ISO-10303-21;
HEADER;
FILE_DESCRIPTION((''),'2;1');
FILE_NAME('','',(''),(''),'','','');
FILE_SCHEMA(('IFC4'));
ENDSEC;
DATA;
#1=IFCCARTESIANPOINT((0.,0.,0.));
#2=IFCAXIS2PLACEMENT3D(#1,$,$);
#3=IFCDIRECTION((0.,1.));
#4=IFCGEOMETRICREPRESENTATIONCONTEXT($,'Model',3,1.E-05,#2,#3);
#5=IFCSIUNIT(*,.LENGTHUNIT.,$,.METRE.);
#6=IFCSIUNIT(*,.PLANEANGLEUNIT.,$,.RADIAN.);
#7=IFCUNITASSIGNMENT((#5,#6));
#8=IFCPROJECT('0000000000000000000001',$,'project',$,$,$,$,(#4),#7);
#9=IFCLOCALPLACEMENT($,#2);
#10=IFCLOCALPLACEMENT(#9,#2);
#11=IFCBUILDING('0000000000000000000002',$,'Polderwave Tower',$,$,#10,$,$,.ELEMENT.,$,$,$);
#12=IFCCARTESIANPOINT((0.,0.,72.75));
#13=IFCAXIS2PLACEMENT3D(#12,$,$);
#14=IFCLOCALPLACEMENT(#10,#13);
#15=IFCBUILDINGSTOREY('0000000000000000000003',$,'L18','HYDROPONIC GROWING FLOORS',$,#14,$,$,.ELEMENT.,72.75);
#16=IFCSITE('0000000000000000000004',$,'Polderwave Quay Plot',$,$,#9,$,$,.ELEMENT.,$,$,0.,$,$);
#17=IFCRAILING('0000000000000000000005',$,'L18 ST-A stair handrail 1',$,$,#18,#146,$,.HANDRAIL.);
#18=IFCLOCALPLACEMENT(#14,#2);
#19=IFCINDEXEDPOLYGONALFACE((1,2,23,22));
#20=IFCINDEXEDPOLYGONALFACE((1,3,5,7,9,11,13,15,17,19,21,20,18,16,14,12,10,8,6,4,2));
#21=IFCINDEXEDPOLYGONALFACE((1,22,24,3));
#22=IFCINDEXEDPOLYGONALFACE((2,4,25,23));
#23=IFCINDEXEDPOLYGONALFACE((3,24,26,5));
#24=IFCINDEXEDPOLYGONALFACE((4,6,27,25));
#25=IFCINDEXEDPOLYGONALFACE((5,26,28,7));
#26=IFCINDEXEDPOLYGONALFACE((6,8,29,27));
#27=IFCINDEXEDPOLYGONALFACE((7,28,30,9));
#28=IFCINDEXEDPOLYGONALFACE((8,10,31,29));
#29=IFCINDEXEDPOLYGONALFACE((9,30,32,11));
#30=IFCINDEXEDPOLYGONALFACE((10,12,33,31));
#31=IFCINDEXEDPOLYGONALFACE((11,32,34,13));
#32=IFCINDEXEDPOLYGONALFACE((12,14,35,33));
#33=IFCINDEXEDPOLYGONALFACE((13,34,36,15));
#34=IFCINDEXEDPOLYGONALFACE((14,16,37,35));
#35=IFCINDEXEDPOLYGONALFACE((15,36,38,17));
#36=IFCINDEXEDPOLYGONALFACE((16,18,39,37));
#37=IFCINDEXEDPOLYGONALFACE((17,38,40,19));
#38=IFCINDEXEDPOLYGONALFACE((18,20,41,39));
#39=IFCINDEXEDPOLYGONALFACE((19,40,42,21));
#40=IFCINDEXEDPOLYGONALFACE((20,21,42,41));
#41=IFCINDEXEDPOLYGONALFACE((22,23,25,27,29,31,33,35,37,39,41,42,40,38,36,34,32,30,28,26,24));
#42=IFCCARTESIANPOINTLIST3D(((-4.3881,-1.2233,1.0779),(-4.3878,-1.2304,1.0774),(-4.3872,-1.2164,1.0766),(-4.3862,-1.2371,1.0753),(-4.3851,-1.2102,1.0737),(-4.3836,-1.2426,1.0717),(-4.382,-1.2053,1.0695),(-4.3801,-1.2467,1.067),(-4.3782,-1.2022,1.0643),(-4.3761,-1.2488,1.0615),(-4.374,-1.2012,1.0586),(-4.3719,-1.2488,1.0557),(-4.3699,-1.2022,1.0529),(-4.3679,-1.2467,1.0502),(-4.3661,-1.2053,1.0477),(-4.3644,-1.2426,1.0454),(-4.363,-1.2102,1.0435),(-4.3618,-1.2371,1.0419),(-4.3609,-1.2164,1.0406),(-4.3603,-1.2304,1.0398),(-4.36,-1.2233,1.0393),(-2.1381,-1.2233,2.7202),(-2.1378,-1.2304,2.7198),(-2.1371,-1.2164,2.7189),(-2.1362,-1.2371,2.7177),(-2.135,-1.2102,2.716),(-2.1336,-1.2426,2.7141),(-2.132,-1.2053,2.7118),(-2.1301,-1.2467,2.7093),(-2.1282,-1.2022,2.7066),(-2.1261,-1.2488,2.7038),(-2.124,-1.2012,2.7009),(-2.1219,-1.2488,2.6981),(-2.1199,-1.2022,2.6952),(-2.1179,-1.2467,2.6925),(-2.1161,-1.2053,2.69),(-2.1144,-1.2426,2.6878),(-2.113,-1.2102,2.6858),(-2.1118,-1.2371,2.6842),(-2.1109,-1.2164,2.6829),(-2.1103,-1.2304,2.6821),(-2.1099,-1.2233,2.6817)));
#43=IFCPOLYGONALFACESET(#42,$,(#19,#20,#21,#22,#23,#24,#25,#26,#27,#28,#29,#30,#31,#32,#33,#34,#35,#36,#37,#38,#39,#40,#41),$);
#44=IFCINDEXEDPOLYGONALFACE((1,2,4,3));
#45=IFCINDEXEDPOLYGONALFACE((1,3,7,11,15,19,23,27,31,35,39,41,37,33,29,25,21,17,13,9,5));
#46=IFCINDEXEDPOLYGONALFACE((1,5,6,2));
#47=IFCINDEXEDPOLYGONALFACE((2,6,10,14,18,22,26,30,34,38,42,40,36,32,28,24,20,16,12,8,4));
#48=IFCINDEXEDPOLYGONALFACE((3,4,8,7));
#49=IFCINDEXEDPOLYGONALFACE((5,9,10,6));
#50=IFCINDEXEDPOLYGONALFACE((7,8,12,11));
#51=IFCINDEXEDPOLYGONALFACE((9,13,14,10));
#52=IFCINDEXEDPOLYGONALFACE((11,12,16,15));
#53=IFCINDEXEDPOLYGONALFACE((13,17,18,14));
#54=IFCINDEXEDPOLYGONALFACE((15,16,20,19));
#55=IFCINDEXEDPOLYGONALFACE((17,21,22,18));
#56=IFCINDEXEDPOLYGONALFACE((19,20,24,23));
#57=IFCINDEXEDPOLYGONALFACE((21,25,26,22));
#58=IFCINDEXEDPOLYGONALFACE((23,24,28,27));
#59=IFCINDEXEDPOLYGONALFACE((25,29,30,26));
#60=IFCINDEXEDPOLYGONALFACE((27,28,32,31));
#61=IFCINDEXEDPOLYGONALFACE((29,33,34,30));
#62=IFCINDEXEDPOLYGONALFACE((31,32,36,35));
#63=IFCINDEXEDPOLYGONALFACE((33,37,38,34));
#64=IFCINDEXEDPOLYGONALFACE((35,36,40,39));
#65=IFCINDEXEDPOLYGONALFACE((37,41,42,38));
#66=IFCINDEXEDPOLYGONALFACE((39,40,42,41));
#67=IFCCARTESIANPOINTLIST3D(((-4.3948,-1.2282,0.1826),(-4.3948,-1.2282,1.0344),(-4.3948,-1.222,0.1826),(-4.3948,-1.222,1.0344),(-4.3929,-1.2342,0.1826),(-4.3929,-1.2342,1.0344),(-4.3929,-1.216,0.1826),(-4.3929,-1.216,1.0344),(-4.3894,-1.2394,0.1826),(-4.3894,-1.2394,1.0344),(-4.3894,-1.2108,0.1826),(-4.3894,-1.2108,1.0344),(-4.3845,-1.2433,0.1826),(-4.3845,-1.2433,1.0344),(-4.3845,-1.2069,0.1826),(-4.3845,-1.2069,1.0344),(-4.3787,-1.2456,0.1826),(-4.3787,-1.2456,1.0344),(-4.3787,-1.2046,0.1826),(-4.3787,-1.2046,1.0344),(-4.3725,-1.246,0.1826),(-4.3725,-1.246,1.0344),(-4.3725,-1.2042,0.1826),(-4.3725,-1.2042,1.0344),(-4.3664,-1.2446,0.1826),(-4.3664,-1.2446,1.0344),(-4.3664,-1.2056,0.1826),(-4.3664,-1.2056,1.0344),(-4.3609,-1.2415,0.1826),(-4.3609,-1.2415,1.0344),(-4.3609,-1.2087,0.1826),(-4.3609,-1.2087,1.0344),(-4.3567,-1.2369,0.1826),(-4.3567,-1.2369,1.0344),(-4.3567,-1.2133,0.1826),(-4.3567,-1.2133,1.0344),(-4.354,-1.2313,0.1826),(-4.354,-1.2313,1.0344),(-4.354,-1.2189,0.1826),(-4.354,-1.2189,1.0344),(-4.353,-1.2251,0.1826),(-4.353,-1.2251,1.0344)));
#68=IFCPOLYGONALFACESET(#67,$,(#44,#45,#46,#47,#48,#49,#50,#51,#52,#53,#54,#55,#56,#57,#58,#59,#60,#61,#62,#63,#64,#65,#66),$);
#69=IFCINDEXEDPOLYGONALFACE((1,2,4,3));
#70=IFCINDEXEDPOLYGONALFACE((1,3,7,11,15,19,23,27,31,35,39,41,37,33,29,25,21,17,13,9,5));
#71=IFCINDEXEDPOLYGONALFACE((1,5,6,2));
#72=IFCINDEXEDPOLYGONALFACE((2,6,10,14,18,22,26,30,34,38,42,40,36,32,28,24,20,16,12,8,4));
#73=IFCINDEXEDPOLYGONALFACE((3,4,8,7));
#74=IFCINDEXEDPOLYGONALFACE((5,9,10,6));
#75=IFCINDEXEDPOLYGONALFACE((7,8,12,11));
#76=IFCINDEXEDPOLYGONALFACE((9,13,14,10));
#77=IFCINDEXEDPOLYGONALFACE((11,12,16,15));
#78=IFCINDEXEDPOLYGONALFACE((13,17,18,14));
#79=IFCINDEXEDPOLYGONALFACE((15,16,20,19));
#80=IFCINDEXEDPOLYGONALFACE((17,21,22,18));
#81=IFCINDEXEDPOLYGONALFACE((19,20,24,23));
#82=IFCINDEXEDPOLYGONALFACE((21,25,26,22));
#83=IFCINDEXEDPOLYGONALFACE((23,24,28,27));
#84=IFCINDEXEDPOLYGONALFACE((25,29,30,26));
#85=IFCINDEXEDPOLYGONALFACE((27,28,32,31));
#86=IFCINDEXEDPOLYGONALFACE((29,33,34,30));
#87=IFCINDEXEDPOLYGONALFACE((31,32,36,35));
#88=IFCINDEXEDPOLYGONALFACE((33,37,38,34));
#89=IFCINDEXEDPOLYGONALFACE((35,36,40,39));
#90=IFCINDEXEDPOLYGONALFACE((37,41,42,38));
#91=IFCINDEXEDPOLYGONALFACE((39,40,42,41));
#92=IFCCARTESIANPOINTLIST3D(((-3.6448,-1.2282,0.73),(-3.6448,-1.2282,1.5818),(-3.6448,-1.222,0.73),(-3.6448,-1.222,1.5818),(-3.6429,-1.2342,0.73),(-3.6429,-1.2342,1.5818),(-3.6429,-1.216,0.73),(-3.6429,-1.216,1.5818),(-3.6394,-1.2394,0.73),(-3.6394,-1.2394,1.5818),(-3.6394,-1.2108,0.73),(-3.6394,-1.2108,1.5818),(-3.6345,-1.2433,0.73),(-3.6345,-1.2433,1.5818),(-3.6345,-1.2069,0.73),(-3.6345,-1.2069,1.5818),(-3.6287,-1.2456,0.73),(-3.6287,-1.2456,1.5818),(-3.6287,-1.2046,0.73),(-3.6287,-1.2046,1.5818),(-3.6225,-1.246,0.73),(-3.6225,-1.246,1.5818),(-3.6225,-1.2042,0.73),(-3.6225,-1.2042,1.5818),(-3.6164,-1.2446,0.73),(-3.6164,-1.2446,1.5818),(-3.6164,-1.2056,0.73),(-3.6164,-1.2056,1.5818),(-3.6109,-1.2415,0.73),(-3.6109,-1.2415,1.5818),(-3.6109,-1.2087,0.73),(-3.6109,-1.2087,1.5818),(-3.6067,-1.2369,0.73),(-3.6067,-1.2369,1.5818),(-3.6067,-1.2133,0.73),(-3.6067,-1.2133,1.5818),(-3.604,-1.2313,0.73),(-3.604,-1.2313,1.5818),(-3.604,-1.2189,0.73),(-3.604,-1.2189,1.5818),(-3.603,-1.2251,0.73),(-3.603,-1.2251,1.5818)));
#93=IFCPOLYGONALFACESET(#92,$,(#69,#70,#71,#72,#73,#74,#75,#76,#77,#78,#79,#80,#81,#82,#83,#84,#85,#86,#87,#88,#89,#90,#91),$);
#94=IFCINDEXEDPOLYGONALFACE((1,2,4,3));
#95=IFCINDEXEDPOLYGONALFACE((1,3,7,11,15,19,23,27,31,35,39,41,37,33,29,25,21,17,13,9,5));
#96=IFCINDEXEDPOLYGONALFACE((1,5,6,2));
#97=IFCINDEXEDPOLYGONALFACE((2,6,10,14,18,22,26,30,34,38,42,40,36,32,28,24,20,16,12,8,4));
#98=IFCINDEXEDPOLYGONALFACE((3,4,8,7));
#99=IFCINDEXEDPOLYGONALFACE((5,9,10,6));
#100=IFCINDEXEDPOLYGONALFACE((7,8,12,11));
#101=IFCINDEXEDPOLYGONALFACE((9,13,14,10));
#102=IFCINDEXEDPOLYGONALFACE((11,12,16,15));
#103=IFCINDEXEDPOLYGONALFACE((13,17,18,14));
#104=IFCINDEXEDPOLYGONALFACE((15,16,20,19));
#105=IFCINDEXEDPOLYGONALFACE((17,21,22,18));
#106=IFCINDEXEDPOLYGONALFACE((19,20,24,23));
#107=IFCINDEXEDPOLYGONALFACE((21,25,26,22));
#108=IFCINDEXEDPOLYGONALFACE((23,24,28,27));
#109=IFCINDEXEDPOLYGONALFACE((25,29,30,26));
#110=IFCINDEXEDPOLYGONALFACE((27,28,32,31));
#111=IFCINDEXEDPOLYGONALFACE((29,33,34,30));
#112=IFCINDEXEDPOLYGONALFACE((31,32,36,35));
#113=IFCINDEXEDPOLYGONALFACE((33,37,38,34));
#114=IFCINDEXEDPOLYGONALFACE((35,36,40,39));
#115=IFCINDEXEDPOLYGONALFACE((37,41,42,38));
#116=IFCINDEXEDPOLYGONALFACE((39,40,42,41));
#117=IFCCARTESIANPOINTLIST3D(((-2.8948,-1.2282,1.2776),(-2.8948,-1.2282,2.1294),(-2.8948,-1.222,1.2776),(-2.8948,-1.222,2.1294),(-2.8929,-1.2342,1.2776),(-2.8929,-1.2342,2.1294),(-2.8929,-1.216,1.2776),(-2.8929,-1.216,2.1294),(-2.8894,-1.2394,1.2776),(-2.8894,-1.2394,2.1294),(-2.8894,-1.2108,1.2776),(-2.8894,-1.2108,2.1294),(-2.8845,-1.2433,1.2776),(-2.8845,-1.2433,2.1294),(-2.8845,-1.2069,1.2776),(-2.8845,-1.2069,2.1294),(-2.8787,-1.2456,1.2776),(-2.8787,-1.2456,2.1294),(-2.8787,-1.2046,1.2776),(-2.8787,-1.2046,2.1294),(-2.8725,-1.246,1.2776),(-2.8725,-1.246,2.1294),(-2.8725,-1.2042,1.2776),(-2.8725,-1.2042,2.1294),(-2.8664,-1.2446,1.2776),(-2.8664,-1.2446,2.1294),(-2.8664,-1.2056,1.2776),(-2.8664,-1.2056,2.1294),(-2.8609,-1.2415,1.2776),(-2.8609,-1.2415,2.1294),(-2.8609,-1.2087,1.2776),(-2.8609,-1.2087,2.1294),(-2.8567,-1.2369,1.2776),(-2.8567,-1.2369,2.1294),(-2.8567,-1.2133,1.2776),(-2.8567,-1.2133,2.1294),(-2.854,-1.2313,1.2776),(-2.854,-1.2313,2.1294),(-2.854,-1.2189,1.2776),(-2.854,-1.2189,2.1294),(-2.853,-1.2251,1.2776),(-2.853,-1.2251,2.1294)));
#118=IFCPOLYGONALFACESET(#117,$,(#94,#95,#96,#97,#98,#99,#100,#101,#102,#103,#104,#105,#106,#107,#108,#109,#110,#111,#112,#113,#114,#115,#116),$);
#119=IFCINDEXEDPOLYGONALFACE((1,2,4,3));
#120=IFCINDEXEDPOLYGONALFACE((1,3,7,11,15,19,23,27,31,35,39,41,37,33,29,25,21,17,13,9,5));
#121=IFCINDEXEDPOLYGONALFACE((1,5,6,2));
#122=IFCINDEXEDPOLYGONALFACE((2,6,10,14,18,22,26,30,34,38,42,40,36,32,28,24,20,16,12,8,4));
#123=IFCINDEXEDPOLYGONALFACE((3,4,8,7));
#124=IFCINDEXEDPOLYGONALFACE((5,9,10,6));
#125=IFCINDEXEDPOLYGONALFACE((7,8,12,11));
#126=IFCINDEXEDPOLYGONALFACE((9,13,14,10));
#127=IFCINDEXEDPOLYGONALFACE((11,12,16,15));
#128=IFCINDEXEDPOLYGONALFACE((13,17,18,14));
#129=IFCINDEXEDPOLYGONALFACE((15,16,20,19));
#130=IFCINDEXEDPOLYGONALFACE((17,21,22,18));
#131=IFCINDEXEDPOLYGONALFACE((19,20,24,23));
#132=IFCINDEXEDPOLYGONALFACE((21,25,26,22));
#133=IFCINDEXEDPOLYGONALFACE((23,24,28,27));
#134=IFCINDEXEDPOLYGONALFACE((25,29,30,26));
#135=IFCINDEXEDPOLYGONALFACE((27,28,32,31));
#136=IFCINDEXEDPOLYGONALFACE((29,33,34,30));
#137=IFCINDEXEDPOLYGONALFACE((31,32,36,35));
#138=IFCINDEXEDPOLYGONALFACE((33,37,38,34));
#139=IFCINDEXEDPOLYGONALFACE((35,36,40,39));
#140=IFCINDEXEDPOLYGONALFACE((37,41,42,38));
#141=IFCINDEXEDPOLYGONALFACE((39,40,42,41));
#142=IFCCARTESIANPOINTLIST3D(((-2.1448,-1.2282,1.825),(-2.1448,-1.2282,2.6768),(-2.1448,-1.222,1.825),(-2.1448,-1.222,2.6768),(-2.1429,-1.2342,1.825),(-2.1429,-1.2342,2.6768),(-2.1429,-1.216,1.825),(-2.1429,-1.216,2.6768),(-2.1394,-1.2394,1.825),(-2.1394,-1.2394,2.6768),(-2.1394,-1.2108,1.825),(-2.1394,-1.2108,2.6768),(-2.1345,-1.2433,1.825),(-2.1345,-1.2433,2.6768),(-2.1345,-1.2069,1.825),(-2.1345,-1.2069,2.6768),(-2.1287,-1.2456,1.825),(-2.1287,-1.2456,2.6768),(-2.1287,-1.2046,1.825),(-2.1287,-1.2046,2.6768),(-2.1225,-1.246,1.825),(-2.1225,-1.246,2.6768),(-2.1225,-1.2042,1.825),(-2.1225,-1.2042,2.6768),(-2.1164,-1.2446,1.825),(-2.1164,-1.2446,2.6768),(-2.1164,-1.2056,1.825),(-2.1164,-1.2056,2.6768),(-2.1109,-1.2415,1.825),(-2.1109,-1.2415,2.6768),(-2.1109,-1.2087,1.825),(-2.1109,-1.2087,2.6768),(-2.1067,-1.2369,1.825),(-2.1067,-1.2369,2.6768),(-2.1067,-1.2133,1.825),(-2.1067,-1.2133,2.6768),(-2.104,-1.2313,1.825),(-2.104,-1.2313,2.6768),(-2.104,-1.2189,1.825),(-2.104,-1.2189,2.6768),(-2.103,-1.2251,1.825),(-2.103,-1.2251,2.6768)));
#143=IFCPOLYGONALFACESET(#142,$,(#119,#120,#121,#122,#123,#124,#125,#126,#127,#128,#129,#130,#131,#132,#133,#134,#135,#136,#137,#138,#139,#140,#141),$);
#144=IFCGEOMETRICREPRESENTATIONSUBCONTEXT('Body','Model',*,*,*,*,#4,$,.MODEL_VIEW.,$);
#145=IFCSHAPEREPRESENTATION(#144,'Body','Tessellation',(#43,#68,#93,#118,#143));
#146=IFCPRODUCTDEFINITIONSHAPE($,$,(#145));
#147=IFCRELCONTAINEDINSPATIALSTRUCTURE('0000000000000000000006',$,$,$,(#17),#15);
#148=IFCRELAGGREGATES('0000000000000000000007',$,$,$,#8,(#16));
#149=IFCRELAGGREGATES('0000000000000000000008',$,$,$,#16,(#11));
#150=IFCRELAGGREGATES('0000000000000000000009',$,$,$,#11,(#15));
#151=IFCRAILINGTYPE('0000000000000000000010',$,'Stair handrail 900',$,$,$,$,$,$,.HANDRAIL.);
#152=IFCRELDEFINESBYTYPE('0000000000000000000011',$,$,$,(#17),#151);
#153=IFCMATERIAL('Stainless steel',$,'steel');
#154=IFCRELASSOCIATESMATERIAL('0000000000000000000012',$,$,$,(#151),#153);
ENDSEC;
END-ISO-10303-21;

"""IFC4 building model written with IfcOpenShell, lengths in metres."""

from ifc_helpers import new_model, si_unit, direction, frame, origin, origin_2d, place, context, subcontext, project, spatial, circle, extrude, material, type_object, element, save


model = new_model("IFC4")

# Units and contexts
model_context = context("Model", 3, precision=1e-05, world=origin(), true_north=direction((0.0, 1.0)))
body_context = subcontext(model_context, "Body", "Model", "MODEL_VIEW")
ifc_project = project(units=[si_unit("LENGTHUNIT", "METRE"), si_unit("PLANEANGLEUNIT", "RADIAN")], contexts=[model_context])

# Site, building, storey
site_placement = place(None, origin())
site = spatial("IfcSite", under=ifc_project, at=site_placement, Name="Polderwave Quay Plot", CompositionType="ELEMENT", RefElevation=0.0)
building_placement = place(site_placement, origin())
building = spatial("IfcBuilding", under=site, at=building_placement, Name="Polderwave Tower", CompositionType="ELEMENT")
storey_placement = place(building_placement, frame((0.0, 0.0, 72.75)))
storey = spatial("IfcBuildingStorey", under=building, at=storey_placement, Name="L18", Description="HYDROPONIC GROWING FLOORS", CompositionType="ELEMENT", Elevation=72.75)

# Shared definitions
ifc_material_1 = material(Name="Stainless steel", Category="steel")

# Railing
railing_type_1 = type_object("IfcRailingType", Name="Stair handrail 900", PredefinedType="HANDRAIL", material=ifc_material_1)
railing_1_placement = place(storey_placement, frame((-4.374, -1.2251, 0.1826)))
element("IfcRailing", 1, at=railing_1_placement, inside=storey, type_object=railing_type_1, Name="L18 ST-A stair handrail 1", PredefinedType="HANDRAIL", context=body_context, shape_type="SweptSolid", body=[
    extrude(circle(Radius=0.0239, at=origin_2d()), frame((0.0, 0.0, 0.876), z_axis=(0.807715, 0.0, 0.589573), x_axis=(0.0, 1.0, 0.0)), (0.0, 0.0, 1.0), 2.7856),
    extrude(circle(Radius=0.021, at=origin_2d()), origin(), (0.0, 0.0, 1.0), 0.8518),
    extrude(circle(Radius=0.021, at=origin_2d()), frame((0.75, 0.0, 0.5474)), (0.0, 0.0, 1.0), 0.8518),
    extrude(circle(Radius=0.021, at=origin_2d()), frame((1.5, 0.0, 1.095)), (0.0, 0.0, 1.0), 0.8518),
    extrude(circle(Radius=0.021, at=origin_2d()), frame((2.25, 0.0, 1.6423)), (0.0, 0.0, 1.0), 0.8518),
])

save(model, "model.ifc")
